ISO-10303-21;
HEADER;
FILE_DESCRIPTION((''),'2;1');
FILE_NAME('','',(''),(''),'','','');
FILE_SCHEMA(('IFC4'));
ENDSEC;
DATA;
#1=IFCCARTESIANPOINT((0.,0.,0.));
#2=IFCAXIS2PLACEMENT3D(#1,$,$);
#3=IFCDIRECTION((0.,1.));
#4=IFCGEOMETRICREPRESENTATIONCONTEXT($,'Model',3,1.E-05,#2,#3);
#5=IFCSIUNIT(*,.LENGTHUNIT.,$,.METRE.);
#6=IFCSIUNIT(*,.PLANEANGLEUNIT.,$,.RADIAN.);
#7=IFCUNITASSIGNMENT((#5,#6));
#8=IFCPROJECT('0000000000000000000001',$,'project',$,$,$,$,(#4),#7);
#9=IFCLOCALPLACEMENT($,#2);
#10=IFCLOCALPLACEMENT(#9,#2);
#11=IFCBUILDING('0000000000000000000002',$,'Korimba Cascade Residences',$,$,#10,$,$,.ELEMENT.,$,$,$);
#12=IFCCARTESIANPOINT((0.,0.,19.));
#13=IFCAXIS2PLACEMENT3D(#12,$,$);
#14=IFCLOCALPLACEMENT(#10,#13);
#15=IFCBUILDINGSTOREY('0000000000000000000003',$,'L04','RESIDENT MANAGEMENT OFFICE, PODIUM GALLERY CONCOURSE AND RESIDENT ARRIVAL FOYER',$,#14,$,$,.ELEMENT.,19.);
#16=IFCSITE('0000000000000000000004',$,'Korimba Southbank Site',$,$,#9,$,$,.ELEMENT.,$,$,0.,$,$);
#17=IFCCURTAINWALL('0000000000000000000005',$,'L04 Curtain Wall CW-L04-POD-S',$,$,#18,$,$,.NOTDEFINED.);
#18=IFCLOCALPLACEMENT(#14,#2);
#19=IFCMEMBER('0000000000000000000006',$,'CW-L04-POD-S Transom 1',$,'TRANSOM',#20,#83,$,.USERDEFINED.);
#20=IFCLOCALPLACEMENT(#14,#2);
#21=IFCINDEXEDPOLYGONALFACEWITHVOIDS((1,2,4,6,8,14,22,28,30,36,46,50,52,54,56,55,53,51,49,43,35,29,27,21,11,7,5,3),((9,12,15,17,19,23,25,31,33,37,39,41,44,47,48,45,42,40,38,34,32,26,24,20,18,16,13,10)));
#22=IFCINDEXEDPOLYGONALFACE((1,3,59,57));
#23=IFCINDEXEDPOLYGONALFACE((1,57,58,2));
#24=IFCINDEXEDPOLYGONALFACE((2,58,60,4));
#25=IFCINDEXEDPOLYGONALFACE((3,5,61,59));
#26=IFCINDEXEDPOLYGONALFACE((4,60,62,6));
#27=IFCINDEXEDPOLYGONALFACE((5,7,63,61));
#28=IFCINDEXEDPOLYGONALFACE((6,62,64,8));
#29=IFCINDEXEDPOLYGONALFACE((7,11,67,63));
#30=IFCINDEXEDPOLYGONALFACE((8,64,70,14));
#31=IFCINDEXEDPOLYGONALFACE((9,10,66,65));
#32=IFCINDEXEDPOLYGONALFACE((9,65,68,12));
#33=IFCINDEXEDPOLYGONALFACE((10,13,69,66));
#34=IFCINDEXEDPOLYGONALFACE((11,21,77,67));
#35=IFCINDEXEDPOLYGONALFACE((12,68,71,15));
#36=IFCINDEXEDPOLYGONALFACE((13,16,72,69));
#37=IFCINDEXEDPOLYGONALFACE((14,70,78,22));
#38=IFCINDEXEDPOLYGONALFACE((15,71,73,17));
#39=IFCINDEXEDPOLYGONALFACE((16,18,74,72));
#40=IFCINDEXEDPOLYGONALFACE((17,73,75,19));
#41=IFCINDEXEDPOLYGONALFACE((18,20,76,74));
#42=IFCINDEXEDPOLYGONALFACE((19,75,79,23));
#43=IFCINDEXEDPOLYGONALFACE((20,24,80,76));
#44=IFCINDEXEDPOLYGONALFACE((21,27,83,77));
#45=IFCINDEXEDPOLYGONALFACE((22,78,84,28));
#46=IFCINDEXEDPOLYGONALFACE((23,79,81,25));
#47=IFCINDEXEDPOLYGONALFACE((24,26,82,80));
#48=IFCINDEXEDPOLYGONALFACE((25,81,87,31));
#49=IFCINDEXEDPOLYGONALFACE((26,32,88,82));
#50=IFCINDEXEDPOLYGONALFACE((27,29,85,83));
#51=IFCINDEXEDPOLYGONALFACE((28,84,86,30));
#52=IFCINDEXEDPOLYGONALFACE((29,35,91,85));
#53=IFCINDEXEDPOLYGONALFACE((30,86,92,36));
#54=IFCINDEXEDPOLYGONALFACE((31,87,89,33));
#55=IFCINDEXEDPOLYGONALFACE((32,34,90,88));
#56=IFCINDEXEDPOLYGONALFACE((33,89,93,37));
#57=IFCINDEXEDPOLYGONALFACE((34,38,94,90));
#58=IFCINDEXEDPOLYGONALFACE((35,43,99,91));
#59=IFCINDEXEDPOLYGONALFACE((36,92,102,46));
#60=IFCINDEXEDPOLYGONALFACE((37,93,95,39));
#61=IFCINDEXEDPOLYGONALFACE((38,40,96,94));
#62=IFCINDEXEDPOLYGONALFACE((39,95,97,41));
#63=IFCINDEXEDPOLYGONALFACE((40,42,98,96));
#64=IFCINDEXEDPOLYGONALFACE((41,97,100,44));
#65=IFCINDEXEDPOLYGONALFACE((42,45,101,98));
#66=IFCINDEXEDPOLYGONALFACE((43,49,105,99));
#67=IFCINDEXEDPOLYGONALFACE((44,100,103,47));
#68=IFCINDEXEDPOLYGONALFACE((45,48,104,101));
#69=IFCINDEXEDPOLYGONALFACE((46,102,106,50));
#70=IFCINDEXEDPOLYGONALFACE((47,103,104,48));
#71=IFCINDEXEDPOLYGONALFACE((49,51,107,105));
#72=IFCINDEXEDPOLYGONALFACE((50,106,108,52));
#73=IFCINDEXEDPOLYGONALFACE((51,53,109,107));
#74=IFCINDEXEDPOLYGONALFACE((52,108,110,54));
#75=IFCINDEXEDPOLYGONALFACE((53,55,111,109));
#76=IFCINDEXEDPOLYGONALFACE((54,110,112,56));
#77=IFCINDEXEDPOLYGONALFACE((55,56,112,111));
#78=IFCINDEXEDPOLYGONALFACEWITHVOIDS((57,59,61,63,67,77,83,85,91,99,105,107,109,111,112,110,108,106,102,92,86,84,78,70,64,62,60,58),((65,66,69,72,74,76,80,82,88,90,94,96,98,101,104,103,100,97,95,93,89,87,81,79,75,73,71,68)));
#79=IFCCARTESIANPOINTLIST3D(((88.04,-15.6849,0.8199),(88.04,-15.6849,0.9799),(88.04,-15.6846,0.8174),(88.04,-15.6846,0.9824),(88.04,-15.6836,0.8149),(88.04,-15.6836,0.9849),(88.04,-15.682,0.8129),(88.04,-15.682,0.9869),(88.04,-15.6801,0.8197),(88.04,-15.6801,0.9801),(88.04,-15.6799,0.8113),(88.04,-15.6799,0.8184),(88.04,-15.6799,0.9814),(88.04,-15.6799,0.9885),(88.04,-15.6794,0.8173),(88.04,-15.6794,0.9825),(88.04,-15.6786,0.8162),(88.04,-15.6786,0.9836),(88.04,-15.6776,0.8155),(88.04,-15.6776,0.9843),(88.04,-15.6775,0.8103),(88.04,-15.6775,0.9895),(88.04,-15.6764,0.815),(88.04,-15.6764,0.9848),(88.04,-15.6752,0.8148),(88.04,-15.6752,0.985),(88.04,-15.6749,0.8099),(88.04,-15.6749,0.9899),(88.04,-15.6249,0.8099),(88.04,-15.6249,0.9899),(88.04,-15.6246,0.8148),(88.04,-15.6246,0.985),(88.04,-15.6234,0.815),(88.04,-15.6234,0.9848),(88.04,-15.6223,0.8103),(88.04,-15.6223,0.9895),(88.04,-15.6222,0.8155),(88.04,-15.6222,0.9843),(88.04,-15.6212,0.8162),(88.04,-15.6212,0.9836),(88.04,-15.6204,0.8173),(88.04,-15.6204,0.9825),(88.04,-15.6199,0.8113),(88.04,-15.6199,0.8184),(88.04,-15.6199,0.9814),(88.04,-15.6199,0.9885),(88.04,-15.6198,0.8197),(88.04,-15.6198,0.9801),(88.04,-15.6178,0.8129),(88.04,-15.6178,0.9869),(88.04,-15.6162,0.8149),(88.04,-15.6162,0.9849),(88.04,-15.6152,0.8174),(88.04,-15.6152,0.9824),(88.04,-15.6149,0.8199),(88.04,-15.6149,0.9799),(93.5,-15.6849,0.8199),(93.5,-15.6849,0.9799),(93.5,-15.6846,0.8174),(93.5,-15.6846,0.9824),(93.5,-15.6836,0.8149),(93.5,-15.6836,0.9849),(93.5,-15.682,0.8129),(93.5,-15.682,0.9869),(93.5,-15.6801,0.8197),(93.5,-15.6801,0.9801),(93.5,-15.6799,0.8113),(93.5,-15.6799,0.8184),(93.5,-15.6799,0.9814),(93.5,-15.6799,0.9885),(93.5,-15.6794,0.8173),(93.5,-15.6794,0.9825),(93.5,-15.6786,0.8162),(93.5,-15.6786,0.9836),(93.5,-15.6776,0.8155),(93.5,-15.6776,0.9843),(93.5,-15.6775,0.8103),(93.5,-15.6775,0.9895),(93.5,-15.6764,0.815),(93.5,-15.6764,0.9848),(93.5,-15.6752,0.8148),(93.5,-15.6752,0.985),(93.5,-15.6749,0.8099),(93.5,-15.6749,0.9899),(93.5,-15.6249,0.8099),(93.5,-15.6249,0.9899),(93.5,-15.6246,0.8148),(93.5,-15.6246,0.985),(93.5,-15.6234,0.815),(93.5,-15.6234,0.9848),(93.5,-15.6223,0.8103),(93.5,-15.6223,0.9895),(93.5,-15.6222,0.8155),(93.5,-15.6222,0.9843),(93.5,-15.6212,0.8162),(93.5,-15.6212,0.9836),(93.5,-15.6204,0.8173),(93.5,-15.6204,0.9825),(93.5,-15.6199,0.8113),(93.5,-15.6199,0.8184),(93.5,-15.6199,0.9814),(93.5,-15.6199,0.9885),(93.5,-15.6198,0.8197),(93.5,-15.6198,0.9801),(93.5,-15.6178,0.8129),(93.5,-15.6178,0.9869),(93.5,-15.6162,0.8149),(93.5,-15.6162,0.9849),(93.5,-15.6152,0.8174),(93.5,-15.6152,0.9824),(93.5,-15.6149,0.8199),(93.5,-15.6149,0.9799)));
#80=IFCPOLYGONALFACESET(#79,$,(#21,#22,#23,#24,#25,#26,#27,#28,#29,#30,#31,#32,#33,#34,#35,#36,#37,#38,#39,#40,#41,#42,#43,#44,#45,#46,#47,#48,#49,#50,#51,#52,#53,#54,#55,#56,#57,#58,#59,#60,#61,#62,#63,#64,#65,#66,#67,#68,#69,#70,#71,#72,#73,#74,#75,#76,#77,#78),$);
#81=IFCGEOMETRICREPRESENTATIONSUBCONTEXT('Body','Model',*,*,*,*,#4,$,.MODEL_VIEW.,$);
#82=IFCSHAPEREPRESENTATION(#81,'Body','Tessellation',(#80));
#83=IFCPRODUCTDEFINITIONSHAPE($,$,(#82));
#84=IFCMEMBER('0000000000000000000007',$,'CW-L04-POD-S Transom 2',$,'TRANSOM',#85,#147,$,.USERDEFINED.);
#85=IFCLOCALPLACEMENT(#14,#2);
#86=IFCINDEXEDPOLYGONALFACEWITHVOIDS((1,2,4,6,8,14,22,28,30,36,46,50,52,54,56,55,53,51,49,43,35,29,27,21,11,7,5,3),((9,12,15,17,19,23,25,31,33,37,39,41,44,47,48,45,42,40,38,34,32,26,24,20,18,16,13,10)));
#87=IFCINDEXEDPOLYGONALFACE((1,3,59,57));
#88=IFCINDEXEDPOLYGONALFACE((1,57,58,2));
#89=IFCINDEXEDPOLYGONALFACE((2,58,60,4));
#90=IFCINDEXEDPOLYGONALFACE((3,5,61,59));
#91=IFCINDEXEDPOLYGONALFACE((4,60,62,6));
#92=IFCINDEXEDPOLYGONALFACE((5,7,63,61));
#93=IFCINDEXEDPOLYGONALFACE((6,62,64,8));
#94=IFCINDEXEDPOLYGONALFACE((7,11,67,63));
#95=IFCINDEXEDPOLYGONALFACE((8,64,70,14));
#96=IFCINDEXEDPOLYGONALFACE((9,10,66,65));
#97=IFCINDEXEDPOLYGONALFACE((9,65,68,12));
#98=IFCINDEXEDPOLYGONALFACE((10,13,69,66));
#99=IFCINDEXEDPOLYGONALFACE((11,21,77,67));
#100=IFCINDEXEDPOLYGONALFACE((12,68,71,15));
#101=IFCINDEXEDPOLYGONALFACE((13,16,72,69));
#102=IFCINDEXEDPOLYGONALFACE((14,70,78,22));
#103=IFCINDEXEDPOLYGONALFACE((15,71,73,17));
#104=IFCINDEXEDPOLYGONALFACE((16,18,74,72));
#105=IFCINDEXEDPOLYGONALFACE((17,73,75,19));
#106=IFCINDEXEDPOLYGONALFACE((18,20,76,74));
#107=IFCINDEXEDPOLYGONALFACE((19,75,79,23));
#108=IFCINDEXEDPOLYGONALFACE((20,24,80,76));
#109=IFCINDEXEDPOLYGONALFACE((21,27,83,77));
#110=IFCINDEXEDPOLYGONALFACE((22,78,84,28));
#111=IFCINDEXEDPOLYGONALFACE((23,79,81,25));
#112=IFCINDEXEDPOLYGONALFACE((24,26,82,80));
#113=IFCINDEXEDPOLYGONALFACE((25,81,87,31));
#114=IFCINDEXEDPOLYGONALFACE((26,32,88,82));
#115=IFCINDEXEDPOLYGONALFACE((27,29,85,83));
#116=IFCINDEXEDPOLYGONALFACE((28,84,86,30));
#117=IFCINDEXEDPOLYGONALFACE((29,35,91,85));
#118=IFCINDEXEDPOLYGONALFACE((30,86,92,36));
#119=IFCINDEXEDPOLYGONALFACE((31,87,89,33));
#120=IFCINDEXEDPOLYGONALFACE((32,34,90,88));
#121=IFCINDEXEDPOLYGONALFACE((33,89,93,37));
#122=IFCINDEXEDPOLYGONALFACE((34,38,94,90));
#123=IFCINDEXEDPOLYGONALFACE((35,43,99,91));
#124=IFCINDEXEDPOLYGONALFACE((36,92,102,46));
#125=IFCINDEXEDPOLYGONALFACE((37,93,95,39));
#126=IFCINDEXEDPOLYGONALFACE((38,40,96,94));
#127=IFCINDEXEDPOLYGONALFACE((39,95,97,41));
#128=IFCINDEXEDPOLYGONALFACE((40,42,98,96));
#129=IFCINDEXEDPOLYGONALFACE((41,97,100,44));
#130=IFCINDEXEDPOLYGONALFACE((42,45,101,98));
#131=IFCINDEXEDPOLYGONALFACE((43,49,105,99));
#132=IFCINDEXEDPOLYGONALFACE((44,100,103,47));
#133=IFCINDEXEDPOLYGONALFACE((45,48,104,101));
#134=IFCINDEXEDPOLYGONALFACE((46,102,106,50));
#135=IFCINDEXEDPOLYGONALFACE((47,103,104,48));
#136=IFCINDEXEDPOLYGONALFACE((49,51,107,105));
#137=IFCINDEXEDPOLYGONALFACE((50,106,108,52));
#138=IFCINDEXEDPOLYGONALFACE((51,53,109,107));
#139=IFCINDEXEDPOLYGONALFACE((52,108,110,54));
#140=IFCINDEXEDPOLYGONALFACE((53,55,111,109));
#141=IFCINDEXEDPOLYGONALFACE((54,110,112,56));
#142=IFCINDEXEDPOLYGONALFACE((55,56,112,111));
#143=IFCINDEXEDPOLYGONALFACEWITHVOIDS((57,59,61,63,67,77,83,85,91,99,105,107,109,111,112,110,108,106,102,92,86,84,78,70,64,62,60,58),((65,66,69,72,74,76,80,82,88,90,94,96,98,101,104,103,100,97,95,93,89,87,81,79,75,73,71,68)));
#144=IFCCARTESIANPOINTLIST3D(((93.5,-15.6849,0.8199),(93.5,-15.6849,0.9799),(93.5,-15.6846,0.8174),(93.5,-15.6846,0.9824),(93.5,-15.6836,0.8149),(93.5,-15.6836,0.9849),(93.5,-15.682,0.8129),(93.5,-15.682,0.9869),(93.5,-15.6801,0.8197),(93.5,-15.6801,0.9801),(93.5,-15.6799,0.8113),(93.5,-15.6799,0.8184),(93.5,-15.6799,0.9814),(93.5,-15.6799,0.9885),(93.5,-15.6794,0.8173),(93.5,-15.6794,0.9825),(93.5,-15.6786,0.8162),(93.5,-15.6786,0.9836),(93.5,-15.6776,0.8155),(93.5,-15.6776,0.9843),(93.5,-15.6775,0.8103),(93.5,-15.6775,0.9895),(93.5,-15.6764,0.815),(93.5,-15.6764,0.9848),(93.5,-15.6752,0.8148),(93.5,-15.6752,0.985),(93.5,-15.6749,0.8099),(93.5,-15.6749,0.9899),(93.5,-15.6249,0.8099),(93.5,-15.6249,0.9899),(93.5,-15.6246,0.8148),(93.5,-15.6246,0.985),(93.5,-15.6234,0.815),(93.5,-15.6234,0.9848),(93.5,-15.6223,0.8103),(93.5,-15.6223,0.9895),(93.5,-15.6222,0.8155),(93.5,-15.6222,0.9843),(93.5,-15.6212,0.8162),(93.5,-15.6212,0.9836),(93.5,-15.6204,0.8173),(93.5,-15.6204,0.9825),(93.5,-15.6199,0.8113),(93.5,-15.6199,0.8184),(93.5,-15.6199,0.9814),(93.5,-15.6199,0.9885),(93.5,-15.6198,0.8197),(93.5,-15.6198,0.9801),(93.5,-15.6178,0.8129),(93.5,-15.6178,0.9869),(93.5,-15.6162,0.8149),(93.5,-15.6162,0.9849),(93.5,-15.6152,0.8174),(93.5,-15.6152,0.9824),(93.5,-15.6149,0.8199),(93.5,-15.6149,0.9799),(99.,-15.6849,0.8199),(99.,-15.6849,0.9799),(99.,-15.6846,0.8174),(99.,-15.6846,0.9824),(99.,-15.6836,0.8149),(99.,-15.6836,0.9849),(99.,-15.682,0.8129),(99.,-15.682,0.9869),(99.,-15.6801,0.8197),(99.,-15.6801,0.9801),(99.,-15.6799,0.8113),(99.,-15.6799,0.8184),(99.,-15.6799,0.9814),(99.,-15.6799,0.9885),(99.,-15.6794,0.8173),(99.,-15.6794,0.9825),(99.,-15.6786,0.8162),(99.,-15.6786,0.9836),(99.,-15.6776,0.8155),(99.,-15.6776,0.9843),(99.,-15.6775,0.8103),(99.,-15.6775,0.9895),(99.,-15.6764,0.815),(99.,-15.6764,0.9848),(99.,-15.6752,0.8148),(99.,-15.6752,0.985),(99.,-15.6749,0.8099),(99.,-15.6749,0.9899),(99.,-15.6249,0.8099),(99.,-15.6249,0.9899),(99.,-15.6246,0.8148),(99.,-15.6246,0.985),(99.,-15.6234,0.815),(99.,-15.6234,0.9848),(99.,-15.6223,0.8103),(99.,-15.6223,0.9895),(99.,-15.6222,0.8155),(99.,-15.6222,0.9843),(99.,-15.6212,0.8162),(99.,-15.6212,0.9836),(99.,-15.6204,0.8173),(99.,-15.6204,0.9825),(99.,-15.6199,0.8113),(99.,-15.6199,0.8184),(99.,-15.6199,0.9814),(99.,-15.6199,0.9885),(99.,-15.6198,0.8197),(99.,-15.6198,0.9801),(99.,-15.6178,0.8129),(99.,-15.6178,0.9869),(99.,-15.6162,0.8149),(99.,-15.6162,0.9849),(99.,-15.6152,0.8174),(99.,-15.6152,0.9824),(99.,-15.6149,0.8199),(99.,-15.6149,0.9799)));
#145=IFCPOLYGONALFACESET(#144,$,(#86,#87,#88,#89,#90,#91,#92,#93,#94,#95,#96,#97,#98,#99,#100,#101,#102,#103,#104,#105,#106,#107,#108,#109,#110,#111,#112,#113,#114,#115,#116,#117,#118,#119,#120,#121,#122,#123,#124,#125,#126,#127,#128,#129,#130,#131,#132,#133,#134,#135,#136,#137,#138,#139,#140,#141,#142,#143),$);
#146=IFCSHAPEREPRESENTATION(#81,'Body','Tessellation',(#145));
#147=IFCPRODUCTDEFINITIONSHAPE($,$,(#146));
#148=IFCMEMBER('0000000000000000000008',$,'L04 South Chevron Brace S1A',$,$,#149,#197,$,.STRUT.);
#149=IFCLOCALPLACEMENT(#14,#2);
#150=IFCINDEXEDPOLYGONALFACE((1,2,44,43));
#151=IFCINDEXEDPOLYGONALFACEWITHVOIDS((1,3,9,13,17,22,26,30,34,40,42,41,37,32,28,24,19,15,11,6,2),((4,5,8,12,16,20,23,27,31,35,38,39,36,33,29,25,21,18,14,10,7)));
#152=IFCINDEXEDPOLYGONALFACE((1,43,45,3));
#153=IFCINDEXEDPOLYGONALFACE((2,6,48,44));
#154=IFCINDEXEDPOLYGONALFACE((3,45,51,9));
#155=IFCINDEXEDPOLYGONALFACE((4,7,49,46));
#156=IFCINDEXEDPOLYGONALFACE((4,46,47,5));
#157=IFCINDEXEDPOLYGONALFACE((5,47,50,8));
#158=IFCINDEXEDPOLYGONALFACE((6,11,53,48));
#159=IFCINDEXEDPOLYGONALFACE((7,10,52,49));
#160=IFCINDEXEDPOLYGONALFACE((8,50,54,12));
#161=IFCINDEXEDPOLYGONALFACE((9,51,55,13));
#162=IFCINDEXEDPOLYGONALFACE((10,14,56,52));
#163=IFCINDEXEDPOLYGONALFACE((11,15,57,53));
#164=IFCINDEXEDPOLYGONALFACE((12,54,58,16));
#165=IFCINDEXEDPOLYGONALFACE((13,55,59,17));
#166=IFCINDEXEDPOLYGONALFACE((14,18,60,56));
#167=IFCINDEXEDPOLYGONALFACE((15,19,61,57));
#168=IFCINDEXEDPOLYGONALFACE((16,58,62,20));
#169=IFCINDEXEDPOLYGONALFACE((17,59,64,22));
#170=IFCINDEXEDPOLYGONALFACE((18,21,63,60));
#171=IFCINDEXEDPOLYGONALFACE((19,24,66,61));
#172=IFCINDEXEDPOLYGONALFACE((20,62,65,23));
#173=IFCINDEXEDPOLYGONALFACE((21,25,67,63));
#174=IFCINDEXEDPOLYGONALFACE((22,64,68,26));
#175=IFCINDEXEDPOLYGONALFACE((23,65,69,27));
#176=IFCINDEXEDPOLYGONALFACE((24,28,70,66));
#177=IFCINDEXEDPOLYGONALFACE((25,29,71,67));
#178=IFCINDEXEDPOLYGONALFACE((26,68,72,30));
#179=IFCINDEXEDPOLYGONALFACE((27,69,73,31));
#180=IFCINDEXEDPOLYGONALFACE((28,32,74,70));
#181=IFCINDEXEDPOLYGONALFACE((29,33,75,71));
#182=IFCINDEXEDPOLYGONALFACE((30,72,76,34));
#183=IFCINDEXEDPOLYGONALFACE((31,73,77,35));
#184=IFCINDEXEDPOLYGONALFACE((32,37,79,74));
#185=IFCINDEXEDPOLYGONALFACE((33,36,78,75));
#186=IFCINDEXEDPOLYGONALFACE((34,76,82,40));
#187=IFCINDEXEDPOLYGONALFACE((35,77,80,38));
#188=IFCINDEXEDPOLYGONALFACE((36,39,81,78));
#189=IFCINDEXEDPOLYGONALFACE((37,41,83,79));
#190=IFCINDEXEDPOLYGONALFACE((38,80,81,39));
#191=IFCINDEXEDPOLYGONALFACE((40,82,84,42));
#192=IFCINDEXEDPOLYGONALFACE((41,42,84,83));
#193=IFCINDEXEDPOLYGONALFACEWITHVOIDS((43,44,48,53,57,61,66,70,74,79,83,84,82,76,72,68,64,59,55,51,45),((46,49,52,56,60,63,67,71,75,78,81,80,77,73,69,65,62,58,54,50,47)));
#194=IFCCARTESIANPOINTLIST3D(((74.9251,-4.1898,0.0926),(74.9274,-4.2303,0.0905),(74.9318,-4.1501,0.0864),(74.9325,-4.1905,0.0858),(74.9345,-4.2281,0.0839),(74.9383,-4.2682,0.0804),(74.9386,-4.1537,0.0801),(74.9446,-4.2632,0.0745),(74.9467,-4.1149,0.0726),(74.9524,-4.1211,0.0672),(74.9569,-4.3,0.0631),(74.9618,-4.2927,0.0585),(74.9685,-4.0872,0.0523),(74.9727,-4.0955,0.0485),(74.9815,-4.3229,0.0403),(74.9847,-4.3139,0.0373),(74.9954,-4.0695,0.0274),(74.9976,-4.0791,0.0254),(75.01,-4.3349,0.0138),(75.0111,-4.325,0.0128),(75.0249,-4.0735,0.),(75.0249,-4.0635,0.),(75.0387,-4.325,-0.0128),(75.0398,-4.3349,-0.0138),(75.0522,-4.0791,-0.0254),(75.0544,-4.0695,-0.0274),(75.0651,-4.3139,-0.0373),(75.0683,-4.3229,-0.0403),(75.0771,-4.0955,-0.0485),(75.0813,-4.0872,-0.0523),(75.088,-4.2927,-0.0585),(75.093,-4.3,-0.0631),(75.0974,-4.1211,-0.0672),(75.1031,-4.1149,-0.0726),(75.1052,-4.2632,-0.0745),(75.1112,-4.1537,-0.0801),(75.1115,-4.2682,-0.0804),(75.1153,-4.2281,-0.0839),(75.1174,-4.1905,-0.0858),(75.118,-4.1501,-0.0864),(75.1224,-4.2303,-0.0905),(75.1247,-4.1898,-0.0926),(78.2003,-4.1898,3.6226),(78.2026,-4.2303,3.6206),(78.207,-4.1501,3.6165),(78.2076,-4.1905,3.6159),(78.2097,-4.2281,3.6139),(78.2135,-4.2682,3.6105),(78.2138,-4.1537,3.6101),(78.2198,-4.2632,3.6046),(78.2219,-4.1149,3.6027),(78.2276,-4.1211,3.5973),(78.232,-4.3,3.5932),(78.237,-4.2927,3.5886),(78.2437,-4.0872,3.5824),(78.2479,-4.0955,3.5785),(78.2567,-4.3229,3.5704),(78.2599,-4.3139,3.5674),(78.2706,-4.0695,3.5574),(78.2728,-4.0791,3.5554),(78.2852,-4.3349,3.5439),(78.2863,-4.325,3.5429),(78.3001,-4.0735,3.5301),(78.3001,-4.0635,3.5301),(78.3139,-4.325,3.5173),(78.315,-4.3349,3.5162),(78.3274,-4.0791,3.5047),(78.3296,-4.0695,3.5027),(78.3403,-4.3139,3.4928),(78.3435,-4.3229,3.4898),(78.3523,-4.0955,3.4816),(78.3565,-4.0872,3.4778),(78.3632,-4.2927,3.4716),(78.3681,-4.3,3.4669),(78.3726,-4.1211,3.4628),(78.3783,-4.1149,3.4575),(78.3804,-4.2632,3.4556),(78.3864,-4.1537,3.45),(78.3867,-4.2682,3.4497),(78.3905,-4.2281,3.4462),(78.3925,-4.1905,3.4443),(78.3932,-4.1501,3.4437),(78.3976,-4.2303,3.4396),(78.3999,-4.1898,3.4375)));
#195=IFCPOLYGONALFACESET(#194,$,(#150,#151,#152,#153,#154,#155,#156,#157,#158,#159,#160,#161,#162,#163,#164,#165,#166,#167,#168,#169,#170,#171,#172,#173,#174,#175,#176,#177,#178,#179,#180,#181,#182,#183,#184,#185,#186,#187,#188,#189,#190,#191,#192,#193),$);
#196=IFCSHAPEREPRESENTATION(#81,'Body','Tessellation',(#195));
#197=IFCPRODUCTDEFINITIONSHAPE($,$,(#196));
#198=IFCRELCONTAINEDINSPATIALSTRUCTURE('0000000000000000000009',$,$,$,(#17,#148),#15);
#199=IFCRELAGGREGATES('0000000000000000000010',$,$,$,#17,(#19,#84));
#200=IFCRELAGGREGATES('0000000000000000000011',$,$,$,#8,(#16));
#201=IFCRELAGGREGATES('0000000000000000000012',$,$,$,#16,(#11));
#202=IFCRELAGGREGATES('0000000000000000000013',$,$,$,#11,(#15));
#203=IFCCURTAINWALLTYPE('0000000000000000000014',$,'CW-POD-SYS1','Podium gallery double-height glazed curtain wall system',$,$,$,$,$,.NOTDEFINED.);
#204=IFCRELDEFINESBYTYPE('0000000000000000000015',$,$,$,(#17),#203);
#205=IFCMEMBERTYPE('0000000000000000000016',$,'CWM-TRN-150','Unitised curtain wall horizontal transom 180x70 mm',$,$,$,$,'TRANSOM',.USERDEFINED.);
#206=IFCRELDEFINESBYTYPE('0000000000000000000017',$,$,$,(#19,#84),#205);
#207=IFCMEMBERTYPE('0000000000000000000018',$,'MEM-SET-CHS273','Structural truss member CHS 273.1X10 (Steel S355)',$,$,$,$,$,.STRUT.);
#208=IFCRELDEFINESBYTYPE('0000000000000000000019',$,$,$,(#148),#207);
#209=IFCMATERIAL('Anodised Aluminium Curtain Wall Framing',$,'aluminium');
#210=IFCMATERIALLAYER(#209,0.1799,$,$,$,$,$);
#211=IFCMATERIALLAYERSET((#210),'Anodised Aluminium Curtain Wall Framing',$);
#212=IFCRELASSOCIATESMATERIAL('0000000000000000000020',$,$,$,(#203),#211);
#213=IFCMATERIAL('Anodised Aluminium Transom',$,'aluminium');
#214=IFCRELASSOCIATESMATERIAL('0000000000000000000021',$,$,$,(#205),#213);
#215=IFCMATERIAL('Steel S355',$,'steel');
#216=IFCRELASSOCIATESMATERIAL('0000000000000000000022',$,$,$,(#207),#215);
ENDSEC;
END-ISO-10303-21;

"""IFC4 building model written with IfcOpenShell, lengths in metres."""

from ifc_helpers import new_model, si_unit, direction, frame, origin, origin_2d, place, context, subcontext, project, spatial, hollow_rectangle, hollow_circle, extrude, material, layer, layer_set, material_profile, profile_set, type_object, element, aggregate, save


model = new_model("IFC4")

# Units and contexts
model_context = context("Model", 3, precision=1e-05, world=origin(), true_north=direction((0.0, 1.0)))
body_context = subcontext(model_context, "Body", "Model", "MODEL_VIEW")
ifc_project = project(units=[si_unit("LENGTHUNIT", "METRE"), si_unit("PLANEANGLEUNIT", "RADIAN")], contexts=[model_context])

# Site, building, storey
site_placement = place(None, origin())
site = spatial("IfcSite", under=ifc_project, at=site_placement, Name="Korimba Southbank Site", CompositionType="ELEMENT", RefElevation=0.0)
building_placement = place(site_placement, origin())
building = spatial("IfcBuilding", under=site, at=building_placement, Name="Korimba Cascade Residences", CompositionType="ELEMENT")
storey_placement = place(building_placement, frame((0.0, 0.0, 19.0)))
storey = spatial("IfcBuildingStorey", under=building, at=storey_placement, Name="L04", Description="RESIDENT MANAGEMENT OFFICE, PODIUM GALLERY CONCOURSE AND RESIDENT ARRIVAL FOYER", CompositionType="ELEMENT", Elevation=19.0)

# Shared definitions
ifc_material_1 = material(Name="Steel S355", Category="steel")

# Curtain wall, members
ifc_material_2 = material(Name="Anodised Aluminium Curtain Wall Framing", Category="aluminium")
ifc_layer_1 = layer(ifc_material_2, 0.1799)
ifc_layer_set_1 = layer_set([ifc_layer_1], Name="Anodised Aluminium Curtain Wall Framing")
curtain_wall_type = type_object("IfcCurtainWallType", Name="CW-POD-SYS1", Description="Podium gallery double-height glazed curtain wall system", PredefinedType="NOTDEFINED", material=ifc_layer_set_1)
curtain_wall_placement = place(storey_placement, origin())
curtain_wall = element("IfcCurtainWall", 1, at=curtain_wall_placement, inside=storey, type_object=curtain_wall_type, Name="L04 Curtain Wall CW-L04-POD-S", PredefinedType="NOTDEFINED")
ifc_material_3 = material(Name="Anodised Aluminium Transom", Category="aluminium")
ifc_material_profile_1 = material_profile(ifc_material_3, hollow_rectangle(XDim=0.0701, YDim=0.1799, WallThickness=0.0049, InnerFilletRadius=0.0049, OuterFilletRadius=0.01, at=origin_2d()), Name="Anodised Aluminium Transom")
ifc_profile_set_1 = profile_set([ifc_material_profile_1], Name="Anodised Aluminium Transom")
member_type_1 = type_object("IfcMemberType", Name="CWM-TRN-150", Description="Unitised curtain wall horizontal transom 180x70 mm", ElementType="TRANSOM", PredefinedType="USERDEFINED", material=ifc_profile_set_1)
member_1_placement = place(storey_placement, frame((88.04, -15.6499, 0.8999), z_axis=(1.0, 0.0, 0.0), x_axis=(0.0, 1.0, 0.0)))
member_1 = element("IfcMember", 2, at=member_1_placement, type_object=member_type_1, Name="CW-L04-POD-S Transom 1", ObjectType="TRANSOM", PredefinedType="USERDEFINED", context=body_context, shape_type="SweptSolid", body=[
    extrude(hollow_rectangle(XDim=0.0701, YDim=0.1799, WallThickness=0.0049, InnerFilletRadius=0.0049, OuterFilletRadius=0.01, at=origin_2d()), origin(), (0.0, 0.0, 1.0), 5.46),
])
member_2_placement = place(storey_placement, frame((93.5, -15.6499, 0.8999), z_axis=(1.0, 0.0, 0.0), x_axis=(0.0, 1.0, 0.0)))
member_2 = element("IfcMember", 3, at=member_2_placement, type_object=member_type_1, Name="CW-L04-POD-S Transom 2", ObjectType="TRANSOM", PredefinedType="USERDEFINED", context=body_context, shape_type="SweptSolid", body=[
    extrude(hollow_rectangle(XDim=0.0701, YDim=0.1799, WallThickness=0.0049, InnerFilletRadius=0.0049, OuterFilletRadius=0.01, at=origin_2d()), origin(), (0.0, 0.0, 1.0), 5.5),
])

# Member
ifc_material_profile_2 = material_profile(ifc_material_1, hollow_circle(Radius=0.1365, WallThickness=0.01, at=origin_2d()), Name="Steel S355")
ifc_profile_set_2 = profile_set([ifc_material_profile_2], Name="Steel S355")
member_type_2 = type_object("IfcMemberType", Name="MEM-SET-CHS273", Description="Structural truss member CHS 273.1X10 (Steel S355)", PredefinedType="STRUT", material=ifc_profile_set_2)
member_3_placement = place(storey_placement, frame((75.0249, -4.2, 0.0), z_axis=(0.680146, 0.0, 0.733077), x_axis=(0.0, 1.0, 0.0)))
element("IfcMember", 4, at=member_3_placement, inside=storey, type_object=member_type_2, Name="L04 South Chevron Brace S1A", PredefinedType="STRUT", context=body_context, shape_type="SweptSolid", body=[
    extrude(hollow_circle(Radius=0.1365, WallThickness=0.01, at=origin_2d()), origin(), (0.0, 0.0, 1.0), 4.8154),
])

aggregate(curtain_wall, [member_1, member_2])

save(model, "model.ifc")
